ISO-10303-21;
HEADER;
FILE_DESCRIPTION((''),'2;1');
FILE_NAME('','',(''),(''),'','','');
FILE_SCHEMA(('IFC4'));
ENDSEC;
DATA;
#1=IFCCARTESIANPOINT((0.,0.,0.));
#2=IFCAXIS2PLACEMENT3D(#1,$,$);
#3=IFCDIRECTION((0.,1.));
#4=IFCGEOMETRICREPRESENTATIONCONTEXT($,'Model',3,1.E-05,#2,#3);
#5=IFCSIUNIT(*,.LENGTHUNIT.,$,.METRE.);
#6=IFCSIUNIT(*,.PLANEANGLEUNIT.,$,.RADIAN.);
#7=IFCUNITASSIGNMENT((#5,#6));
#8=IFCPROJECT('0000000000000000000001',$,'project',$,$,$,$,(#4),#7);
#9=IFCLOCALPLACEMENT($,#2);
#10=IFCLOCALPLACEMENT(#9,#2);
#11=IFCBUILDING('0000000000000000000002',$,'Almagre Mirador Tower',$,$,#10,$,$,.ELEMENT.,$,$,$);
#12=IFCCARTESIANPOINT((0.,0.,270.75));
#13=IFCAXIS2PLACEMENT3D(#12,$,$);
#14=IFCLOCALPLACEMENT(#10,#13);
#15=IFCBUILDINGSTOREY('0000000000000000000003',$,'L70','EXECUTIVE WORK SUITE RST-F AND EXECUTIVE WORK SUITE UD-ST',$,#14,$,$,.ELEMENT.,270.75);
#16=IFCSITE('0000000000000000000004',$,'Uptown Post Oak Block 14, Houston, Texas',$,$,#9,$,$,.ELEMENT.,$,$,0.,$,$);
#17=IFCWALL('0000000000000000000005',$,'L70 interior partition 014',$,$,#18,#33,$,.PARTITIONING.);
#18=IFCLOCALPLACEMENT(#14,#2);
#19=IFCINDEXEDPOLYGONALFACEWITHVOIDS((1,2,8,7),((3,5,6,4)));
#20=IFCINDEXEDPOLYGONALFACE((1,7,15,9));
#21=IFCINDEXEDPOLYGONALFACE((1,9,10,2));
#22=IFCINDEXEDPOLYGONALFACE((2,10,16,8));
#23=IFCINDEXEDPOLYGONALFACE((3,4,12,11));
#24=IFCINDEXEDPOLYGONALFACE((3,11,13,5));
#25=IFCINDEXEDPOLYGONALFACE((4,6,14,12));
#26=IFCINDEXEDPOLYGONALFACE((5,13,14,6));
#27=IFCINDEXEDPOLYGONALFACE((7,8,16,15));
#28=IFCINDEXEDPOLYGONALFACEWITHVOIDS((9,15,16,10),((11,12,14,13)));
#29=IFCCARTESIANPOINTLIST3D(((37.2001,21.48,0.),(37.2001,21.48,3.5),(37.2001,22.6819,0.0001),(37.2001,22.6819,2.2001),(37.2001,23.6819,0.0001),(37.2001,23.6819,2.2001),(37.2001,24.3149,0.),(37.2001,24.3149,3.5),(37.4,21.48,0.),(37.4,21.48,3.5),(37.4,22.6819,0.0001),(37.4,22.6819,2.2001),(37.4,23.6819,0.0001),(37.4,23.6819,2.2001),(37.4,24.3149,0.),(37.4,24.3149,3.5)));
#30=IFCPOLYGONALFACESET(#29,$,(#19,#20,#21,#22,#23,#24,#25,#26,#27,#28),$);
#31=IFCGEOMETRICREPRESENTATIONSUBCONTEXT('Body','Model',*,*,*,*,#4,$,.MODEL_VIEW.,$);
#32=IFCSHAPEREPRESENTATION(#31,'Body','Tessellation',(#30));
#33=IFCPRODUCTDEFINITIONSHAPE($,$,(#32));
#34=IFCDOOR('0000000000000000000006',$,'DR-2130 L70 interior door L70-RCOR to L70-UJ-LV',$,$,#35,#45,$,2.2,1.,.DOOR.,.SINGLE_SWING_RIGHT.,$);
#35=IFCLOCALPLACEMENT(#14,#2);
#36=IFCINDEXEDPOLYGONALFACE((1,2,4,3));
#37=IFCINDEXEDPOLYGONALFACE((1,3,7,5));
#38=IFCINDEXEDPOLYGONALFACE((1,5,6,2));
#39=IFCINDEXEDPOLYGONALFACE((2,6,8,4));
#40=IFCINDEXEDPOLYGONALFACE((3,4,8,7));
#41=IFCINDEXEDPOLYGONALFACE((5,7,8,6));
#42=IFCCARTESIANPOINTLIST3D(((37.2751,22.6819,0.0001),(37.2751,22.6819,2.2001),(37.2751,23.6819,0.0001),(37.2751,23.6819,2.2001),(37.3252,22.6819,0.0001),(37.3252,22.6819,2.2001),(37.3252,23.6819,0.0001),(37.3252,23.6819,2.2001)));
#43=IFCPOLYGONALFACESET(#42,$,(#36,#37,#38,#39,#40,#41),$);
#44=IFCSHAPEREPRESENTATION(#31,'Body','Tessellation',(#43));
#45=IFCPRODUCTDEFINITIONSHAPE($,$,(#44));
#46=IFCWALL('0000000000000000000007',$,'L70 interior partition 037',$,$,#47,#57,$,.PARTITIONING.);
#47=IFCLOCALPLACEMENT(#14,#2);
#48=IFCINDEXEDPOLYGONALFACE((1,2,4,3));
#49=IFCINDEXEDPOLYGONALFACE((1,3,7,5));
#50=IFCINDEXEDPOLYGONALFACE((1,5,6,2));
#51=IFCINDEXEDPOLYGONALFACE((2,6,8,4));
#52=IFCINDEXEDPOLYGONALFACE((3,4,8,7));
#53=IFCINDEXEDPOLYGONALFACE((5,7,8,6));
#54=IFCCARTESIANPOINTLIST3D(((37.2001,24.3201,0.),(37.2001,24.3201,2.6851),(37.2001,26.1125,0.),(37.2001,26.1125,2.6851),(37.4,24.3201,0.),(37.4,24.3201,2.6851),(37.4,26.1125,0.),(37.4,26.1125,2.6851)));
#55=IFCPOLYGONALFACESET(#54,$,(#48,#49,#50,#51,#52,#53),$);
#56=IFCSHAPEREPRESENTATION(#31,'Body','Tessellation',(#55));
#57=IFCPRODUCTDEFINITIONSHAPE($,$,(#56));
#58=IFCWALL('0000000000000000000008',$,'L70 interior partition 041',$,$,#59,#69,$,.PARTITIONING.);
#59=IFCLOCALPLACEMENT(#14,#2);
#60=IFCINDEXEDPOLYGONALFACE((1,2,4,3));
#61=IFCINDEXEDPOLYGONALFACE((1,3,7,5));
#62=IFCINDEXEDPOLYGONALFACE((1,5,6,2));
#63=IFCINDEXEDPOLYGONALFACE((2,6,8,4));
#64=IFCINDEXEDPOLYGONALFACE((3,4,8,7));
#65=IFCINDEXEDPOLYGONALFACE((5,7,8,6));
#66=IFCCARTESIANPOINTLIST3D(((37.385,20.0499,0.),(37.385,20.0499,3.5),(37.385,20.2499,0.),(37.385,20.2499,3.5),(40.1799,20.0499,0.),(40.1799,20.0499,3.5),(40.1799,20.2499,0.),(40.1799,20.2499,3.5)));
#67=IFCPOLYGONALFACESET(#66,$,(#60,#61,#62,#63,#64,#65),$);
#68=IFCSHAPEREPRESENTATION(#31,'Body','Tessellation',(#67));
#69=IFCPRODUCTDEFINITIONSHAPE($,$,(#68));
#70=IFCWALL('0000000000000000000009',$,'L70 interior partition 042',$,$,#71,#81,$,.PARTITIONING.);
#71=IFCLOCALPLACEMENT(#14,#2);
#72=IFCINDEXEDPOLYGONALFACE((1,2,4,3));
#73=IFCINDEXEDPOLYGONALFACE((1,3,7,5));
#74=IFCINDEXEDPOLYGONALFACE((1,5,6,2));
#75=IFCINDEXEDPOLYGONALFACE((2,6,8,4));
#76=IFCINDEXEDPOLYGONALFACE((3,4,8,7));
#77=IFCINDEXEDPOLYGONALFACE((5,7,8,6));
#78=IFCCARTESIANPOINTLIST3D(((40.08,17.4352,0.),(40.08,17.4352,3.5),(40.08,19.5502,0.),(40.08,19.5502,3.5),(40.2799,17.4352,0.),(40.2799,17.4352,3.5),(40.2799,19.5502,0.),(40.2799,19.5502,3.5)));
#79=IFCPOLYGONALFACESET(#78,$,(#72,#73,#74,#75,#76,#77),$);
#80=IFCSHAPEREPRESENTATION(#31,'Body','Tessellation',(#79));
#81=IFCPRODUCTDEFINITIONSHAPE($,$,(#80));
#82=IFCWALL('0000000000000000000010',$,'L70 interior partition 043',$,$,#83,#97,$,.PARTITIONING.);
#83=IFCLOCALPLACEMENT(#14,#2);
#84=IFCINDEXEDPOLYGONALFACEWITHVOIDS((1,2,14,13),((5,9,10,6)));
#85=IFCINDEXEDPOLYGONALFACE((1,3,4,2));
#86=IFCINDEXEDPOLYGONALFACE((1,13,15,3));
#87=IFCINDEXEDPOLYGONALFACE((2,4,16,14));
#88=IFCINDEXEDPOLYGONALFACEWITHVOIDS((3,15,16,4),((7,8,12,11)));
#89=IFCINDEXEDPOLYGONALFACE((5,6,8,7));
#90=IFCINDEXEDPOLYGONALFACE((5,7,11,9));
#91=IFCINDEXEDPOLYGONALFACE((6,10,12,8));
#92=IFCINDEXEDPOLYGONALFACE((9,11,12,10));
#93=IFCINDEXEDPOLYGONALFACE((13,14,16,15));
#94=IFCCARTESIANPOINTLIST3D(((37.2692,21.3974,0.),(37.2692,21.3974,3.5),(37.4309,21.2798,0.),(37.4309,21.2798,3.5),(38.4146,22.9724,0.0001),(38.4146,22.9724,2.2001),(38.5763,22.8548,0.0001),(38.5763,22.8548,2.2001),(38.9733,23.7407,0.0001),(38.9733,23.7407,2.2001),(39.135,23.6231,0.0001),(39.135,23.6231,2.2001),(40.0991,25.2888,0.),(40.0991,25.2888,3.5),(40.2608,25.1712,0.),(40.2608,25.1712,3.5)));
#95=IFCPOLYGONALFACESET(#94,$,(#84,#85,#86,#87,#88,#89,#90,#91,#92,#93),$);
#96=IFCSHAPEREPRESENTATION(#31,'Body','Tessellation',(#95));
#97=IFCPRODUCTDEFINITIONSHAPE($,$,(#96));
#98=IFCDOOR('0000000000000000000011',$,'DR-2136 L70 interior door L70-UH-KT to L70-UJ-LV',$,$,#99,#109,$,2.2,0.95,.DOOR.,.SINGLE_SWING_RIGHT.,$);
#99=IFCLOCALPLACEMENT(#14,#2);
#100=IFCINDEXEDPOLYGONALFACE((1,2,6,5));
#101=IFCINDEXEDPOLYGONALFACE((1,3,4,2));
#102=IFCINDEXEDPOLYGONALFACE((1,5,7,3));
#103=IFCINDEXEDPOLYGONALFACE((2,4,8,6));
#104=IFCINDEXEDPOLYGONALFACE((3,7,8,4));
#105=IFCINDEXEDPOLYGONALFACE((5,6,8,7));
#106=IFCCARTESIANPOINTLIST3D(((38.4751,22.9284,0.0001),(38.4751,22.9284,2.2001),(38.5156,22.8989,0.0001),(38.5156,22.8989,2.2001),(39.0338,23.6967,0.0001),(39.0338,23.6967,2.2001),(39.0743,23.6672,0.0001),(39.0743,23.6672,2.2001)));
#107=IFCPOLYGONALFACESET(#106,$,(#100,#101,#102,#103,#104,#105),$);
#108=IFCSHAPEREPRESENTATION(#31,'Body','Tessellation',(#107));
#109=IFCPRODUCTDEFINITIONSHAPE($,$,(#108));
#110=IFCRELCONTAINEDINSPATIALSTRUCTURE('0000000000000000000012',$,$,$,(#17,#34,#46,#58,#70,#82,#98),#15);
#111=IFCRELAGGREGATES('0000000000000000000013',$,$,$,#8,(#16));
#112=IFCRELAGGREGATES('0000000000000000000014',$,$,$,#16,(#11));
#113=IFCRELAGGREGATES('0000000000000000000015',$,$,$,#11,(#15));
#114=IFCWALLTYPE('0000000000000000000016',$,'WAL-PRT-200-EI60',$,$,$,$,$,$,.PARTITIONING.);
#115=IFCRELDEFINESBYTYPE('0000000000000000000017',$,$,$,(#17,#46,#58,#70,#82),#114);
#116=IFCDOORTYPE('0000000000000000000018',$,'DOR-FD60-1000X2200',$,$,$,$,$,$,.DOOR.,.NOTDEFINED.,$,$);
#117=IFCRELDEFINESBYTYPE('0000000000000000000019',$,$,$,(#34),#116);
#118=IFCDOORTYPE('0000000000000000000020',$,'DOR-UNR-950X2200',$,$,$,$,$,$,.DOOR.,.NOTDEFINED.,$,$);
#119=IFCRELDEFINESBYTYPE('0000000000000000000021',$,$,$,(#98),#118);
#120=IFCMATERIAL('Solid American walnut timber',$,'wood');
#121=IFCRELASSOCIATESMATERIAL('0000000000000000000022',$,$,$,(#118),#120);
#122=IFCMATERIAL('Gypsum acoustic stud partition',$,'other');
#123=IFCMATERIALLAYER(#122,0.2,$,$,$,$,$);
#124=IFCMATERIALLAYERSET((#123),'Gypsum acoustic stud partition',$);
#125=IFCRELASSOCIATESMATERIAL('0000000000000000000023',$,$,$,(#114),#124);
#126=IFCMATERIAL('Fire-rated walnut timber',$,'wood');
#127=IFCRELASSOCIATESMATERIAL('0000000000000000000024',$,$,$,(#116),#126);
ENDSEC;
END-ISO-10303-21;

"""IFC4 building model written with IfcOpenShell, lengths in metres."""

from ifc_helpers import new_model, si_unit, direction, frame, frame_2d, origin, place, context, subcontext, project, spatial, rectangle, extrude, material, layer, layer_set, type_object, element, fill, save


model = new_model("IFC4")

# Units and contexts
model_context = context("Model", 3, precision=1e-05, world=origin(), true_north=direction((0.0, 1.0)))
body_context = subcontext(model_context, "Body", "Model", "MODEL_VIEW")
ifc_project = project(units=[si_unit("LENGTHUNIT", "METRE"), si_unit("PLANEANGLEUNIT", "RADIAN")], contexts=[model_context])

# Site, building, storey
site_placement = place(None, origin())
site = spatial("IfcSite", under=ifc_project, at=site_placement, Name="Uptown Post Oak Block 14, Houston, Texas", CompositionType="ELEMENT", RefElevation=0.0)
building_placement = place(site_placement, origin())
building = spatial("IfcBuilding", under=site, at=building_placement, Name="Almagre Mirador Tower", CompositionType="ELEMENT")
storey_placement = place(building_placement, frame((0.0, 0.0, 270.75)))
storey = spatial("IfcBuildingStorey", under=building, at=storey_placement, Name="L70", Description="EXECUTIVE WORK SUITE RST-F AND EXECUTIVE WORK SUITE UD-ST", CompositionType="ELEMENT", Elevation=270.75)

# Shared definitions
ifc_material_1 = material(Name="Solid American walnut timber", Category="wood")
door_type_1 = type_object("IfcDoorType", Name="DOR-UNR-950X2200", OperationType="NOTDEFINED", PredefinedType="DOOR", material=ifc_material_1)

# Shared definitions
ifc_material_2 = material(Name="Gypsum acoustic stud partition", Category="other")
ifc_layer_1 = layer(ifc_material_2, 0.2)
ifc_layer_set_1 = layer_set([ifc_layer_1], Name="Gypsum acoustic stud partition")
wall_type_1 = type_object("IfcWallType", Name="WAL-PRT-200-EI60", PredefinedType="PARTITIONING", material=ifc_layer_set_1)

# Wall, opening, door
wall_1_placement = place(storey_placement, frame((37.3, 21.48, 0.0), z_axis=(0.0, 0.0, 1.0), x_axis=(0.0, 1.0, 0.0)))
wall_1 = element("IfcWall", 1, at=wall_1_placement, inside=storey, type_object=wall_type_1, Name="L70 interior partition 014", PredefinedType="PARTITIONING", context=body_context, shape_type="SweptSolid", body=[
    extrude(rectangle(XDim=2.835, YDim=0.2, at=frame_2d((1.4175, 0.0))), origin(), (0.0, 0.0, 1.0), 3.5),
])
opening_1_placement = place(wall_1_placement, frame((1.2019, 0.0, 0.0)))
opening_1 = element("IfcOpeningElement", 2, at=opening_1_placement, cuts=wall_1, PredefinedType="OPENING", context=body_context, shape_type="SweptSolid", body=[
    extrude(rectangle(XDim=1.0, YDim=2.2, at=frame_2d((0.5, 1.1001))), frame((0.0, 0.1101, 0.0), z_axis=(0.0, -1.0, 0.0), x_axis=(1.0, 0.0, 0.0)), (0.0, 0.0, 1.0), 0.22),
])
ifc_material_3 = material(Name="Fire-rated walnut timber", Category="wood")
door_type_2 = type_object("IfcDoorType", Name="DOR-FD60-1000X2200", OperationType="NOTDEFINED", PredefinedType="DOOR", material=ifc_material_3)
door_1_placement = place(opening_1_placement, origin())
door_1 = element("IfcDoor", 3, at=door_1_placement, inside=storey, type_object=door_type_2, Name="DR-2130 L70 interior door L70-RCOR to L70-UJ-LV", OperationType="SINGLE_SWING_RIGHT", OverallHeight=2.2, OverallWidth=1.0, PredefinedType="DOOR", context=body_context, shape_type="SweptSolid", body=[
    extrude(rectangle(XDim=1.0, YDim=2.2, at=frame_2d((0.5, 1.1001))), frame((0.0, 0.0249, 0.0), z_axis=(0.0, -1.0, 0.0), x_axis=(1.0, 0.0, 0.0)), (0.0, 0.0, 1.0), 0.05),
])
fill(opening_1, door_1)

# Walls
wall_2_placement = place(storey_placement, frame((37.3, 24.3201, 0.0), z_axis=(0.0, 0.0, 1.0), x_axis=(0.0, 1.0, 0.0)))
element("IfcWall", 4, at=wall_2_placement, inside=storey, type_object=wall_type_1, Name="L70 interior partition 037", PredefinedType="PARTITIONING", context=body_context, shape_type="SweptSolid", body=[
    extrude(rectangle(XDim=1.7925, YDim=0.2, at=frame_2d((0.8962, 0.0))), origin(), (0.0, 0.0, 1.0), 2.6851),
])
wall_3_placement = place(storey_placement, frame((40.1799, 20.1499, 0.0), z_axis=(0.0, 0.0, 1.0), x_axis=(-1.0, 0.0, 0.0)))
element("IfcWall", 5, at=wall_3_placement, inside=storey, type_object=wall_type_1, Name="L70 interior partition 041", PredefinedType="PARTITIONING", context=body_context, shape_type="SweptSolid", body=[
    extrude(rectangle(XDim=2.7949, YDim=0.2, at=frame_2d((1.3975, 0.0))), origin(), (0.0, 0.0, 1.0), 3.5),
])
wall_4_placement = place(storey_placement, frame((40.1799, 17.4351, 0.0), z_axis=(0.0, 0.0, 1.0), x_axis=(0.0, 1.0, 0.0)))
element("IfcWall", 6, at=wall_4_placement, inside=storey, type_object=wall_type_1, Name="L70 interior partition 042", PredefinedType="PARTITIONING", context=body_context, shape_type="SweptSolid", body=[
    extrude(rectangle(XDim=2.115, YDim=0.2, at=frame_2d((1.0576, 0.0))), origin(), (0.0, 0.0, 1.0), 3.5),
])

# Wall, opening, door
wall_5_placement = place(storey_placement, frame((40.1799, 25.23, 0.0), z_axis=(0.0, 0.0, 1.0), x_axis=(-0.588139, -0.80876, 0.0)))
wall_5 = element("IfcWall", 7, at=wall_5_placement, inside=storey, type_object=wall_type_1, Name="L70 interior partition 043", PredefinedType="PARTITIONING", context=body_context, shape_type="SweptSolid", body=[
    extrude(rectangle(XDim=4.8115, YDim=0.2, at=frame_2d((2.4058, 0.0))), origin(), (0.0, 0.0, 1.0), 3.5),
])
opening_2_placement = place(wall_5_placement, frame((1.9141, 0.0, 0.0)))
opening_2 = element("IfcOpeningElement", 8, at=opening_2_placement, cuts=wall_5, PredefinedType="OPENING", context=body_context, shape_type="SweptSolid", body=[
    extrude(rectangle(XDim=0.95, YDim=2.2, at=frame_2d((0.4751, 1.1001))), frame((0.0, 0.1101, 0.0), z_axis=(0.0, -1.0, 0.0), x_axis=(1.0, 0.0, 0.0)), (0.0, 0.0, 1.0), 0.22),
])
door_2_placement = place(opening_2_placement, origin())
door_2 = element("IfcDoor", 9, at=door_2_placement, inside=storey, type_object=door_type_1, Name="DR-2136 L70 interior door L70-UH-KT to L70-UJ-LV", OperationType="SINGLE_SWING_RIGHT", OverallHeight=2.2, OverallWidth=0.95, PredefinedType="DOOR", context=body_context, shape_type="SweptSolid", body=[
    extrude(rectangle(XDim=0.95, YDim=2.2, at=frame_2d((0.4751, 1.1001))), frame((0.0, 0.0249, 0.0), z_axis=(0.0, -1.0, 0.0), x_axis=(1.0, 0.0, 0.0)), (0.0, 0.0, 1.0), 0.05),
])
fill(opening_2, door_2)

save(model, "model.ifc")
